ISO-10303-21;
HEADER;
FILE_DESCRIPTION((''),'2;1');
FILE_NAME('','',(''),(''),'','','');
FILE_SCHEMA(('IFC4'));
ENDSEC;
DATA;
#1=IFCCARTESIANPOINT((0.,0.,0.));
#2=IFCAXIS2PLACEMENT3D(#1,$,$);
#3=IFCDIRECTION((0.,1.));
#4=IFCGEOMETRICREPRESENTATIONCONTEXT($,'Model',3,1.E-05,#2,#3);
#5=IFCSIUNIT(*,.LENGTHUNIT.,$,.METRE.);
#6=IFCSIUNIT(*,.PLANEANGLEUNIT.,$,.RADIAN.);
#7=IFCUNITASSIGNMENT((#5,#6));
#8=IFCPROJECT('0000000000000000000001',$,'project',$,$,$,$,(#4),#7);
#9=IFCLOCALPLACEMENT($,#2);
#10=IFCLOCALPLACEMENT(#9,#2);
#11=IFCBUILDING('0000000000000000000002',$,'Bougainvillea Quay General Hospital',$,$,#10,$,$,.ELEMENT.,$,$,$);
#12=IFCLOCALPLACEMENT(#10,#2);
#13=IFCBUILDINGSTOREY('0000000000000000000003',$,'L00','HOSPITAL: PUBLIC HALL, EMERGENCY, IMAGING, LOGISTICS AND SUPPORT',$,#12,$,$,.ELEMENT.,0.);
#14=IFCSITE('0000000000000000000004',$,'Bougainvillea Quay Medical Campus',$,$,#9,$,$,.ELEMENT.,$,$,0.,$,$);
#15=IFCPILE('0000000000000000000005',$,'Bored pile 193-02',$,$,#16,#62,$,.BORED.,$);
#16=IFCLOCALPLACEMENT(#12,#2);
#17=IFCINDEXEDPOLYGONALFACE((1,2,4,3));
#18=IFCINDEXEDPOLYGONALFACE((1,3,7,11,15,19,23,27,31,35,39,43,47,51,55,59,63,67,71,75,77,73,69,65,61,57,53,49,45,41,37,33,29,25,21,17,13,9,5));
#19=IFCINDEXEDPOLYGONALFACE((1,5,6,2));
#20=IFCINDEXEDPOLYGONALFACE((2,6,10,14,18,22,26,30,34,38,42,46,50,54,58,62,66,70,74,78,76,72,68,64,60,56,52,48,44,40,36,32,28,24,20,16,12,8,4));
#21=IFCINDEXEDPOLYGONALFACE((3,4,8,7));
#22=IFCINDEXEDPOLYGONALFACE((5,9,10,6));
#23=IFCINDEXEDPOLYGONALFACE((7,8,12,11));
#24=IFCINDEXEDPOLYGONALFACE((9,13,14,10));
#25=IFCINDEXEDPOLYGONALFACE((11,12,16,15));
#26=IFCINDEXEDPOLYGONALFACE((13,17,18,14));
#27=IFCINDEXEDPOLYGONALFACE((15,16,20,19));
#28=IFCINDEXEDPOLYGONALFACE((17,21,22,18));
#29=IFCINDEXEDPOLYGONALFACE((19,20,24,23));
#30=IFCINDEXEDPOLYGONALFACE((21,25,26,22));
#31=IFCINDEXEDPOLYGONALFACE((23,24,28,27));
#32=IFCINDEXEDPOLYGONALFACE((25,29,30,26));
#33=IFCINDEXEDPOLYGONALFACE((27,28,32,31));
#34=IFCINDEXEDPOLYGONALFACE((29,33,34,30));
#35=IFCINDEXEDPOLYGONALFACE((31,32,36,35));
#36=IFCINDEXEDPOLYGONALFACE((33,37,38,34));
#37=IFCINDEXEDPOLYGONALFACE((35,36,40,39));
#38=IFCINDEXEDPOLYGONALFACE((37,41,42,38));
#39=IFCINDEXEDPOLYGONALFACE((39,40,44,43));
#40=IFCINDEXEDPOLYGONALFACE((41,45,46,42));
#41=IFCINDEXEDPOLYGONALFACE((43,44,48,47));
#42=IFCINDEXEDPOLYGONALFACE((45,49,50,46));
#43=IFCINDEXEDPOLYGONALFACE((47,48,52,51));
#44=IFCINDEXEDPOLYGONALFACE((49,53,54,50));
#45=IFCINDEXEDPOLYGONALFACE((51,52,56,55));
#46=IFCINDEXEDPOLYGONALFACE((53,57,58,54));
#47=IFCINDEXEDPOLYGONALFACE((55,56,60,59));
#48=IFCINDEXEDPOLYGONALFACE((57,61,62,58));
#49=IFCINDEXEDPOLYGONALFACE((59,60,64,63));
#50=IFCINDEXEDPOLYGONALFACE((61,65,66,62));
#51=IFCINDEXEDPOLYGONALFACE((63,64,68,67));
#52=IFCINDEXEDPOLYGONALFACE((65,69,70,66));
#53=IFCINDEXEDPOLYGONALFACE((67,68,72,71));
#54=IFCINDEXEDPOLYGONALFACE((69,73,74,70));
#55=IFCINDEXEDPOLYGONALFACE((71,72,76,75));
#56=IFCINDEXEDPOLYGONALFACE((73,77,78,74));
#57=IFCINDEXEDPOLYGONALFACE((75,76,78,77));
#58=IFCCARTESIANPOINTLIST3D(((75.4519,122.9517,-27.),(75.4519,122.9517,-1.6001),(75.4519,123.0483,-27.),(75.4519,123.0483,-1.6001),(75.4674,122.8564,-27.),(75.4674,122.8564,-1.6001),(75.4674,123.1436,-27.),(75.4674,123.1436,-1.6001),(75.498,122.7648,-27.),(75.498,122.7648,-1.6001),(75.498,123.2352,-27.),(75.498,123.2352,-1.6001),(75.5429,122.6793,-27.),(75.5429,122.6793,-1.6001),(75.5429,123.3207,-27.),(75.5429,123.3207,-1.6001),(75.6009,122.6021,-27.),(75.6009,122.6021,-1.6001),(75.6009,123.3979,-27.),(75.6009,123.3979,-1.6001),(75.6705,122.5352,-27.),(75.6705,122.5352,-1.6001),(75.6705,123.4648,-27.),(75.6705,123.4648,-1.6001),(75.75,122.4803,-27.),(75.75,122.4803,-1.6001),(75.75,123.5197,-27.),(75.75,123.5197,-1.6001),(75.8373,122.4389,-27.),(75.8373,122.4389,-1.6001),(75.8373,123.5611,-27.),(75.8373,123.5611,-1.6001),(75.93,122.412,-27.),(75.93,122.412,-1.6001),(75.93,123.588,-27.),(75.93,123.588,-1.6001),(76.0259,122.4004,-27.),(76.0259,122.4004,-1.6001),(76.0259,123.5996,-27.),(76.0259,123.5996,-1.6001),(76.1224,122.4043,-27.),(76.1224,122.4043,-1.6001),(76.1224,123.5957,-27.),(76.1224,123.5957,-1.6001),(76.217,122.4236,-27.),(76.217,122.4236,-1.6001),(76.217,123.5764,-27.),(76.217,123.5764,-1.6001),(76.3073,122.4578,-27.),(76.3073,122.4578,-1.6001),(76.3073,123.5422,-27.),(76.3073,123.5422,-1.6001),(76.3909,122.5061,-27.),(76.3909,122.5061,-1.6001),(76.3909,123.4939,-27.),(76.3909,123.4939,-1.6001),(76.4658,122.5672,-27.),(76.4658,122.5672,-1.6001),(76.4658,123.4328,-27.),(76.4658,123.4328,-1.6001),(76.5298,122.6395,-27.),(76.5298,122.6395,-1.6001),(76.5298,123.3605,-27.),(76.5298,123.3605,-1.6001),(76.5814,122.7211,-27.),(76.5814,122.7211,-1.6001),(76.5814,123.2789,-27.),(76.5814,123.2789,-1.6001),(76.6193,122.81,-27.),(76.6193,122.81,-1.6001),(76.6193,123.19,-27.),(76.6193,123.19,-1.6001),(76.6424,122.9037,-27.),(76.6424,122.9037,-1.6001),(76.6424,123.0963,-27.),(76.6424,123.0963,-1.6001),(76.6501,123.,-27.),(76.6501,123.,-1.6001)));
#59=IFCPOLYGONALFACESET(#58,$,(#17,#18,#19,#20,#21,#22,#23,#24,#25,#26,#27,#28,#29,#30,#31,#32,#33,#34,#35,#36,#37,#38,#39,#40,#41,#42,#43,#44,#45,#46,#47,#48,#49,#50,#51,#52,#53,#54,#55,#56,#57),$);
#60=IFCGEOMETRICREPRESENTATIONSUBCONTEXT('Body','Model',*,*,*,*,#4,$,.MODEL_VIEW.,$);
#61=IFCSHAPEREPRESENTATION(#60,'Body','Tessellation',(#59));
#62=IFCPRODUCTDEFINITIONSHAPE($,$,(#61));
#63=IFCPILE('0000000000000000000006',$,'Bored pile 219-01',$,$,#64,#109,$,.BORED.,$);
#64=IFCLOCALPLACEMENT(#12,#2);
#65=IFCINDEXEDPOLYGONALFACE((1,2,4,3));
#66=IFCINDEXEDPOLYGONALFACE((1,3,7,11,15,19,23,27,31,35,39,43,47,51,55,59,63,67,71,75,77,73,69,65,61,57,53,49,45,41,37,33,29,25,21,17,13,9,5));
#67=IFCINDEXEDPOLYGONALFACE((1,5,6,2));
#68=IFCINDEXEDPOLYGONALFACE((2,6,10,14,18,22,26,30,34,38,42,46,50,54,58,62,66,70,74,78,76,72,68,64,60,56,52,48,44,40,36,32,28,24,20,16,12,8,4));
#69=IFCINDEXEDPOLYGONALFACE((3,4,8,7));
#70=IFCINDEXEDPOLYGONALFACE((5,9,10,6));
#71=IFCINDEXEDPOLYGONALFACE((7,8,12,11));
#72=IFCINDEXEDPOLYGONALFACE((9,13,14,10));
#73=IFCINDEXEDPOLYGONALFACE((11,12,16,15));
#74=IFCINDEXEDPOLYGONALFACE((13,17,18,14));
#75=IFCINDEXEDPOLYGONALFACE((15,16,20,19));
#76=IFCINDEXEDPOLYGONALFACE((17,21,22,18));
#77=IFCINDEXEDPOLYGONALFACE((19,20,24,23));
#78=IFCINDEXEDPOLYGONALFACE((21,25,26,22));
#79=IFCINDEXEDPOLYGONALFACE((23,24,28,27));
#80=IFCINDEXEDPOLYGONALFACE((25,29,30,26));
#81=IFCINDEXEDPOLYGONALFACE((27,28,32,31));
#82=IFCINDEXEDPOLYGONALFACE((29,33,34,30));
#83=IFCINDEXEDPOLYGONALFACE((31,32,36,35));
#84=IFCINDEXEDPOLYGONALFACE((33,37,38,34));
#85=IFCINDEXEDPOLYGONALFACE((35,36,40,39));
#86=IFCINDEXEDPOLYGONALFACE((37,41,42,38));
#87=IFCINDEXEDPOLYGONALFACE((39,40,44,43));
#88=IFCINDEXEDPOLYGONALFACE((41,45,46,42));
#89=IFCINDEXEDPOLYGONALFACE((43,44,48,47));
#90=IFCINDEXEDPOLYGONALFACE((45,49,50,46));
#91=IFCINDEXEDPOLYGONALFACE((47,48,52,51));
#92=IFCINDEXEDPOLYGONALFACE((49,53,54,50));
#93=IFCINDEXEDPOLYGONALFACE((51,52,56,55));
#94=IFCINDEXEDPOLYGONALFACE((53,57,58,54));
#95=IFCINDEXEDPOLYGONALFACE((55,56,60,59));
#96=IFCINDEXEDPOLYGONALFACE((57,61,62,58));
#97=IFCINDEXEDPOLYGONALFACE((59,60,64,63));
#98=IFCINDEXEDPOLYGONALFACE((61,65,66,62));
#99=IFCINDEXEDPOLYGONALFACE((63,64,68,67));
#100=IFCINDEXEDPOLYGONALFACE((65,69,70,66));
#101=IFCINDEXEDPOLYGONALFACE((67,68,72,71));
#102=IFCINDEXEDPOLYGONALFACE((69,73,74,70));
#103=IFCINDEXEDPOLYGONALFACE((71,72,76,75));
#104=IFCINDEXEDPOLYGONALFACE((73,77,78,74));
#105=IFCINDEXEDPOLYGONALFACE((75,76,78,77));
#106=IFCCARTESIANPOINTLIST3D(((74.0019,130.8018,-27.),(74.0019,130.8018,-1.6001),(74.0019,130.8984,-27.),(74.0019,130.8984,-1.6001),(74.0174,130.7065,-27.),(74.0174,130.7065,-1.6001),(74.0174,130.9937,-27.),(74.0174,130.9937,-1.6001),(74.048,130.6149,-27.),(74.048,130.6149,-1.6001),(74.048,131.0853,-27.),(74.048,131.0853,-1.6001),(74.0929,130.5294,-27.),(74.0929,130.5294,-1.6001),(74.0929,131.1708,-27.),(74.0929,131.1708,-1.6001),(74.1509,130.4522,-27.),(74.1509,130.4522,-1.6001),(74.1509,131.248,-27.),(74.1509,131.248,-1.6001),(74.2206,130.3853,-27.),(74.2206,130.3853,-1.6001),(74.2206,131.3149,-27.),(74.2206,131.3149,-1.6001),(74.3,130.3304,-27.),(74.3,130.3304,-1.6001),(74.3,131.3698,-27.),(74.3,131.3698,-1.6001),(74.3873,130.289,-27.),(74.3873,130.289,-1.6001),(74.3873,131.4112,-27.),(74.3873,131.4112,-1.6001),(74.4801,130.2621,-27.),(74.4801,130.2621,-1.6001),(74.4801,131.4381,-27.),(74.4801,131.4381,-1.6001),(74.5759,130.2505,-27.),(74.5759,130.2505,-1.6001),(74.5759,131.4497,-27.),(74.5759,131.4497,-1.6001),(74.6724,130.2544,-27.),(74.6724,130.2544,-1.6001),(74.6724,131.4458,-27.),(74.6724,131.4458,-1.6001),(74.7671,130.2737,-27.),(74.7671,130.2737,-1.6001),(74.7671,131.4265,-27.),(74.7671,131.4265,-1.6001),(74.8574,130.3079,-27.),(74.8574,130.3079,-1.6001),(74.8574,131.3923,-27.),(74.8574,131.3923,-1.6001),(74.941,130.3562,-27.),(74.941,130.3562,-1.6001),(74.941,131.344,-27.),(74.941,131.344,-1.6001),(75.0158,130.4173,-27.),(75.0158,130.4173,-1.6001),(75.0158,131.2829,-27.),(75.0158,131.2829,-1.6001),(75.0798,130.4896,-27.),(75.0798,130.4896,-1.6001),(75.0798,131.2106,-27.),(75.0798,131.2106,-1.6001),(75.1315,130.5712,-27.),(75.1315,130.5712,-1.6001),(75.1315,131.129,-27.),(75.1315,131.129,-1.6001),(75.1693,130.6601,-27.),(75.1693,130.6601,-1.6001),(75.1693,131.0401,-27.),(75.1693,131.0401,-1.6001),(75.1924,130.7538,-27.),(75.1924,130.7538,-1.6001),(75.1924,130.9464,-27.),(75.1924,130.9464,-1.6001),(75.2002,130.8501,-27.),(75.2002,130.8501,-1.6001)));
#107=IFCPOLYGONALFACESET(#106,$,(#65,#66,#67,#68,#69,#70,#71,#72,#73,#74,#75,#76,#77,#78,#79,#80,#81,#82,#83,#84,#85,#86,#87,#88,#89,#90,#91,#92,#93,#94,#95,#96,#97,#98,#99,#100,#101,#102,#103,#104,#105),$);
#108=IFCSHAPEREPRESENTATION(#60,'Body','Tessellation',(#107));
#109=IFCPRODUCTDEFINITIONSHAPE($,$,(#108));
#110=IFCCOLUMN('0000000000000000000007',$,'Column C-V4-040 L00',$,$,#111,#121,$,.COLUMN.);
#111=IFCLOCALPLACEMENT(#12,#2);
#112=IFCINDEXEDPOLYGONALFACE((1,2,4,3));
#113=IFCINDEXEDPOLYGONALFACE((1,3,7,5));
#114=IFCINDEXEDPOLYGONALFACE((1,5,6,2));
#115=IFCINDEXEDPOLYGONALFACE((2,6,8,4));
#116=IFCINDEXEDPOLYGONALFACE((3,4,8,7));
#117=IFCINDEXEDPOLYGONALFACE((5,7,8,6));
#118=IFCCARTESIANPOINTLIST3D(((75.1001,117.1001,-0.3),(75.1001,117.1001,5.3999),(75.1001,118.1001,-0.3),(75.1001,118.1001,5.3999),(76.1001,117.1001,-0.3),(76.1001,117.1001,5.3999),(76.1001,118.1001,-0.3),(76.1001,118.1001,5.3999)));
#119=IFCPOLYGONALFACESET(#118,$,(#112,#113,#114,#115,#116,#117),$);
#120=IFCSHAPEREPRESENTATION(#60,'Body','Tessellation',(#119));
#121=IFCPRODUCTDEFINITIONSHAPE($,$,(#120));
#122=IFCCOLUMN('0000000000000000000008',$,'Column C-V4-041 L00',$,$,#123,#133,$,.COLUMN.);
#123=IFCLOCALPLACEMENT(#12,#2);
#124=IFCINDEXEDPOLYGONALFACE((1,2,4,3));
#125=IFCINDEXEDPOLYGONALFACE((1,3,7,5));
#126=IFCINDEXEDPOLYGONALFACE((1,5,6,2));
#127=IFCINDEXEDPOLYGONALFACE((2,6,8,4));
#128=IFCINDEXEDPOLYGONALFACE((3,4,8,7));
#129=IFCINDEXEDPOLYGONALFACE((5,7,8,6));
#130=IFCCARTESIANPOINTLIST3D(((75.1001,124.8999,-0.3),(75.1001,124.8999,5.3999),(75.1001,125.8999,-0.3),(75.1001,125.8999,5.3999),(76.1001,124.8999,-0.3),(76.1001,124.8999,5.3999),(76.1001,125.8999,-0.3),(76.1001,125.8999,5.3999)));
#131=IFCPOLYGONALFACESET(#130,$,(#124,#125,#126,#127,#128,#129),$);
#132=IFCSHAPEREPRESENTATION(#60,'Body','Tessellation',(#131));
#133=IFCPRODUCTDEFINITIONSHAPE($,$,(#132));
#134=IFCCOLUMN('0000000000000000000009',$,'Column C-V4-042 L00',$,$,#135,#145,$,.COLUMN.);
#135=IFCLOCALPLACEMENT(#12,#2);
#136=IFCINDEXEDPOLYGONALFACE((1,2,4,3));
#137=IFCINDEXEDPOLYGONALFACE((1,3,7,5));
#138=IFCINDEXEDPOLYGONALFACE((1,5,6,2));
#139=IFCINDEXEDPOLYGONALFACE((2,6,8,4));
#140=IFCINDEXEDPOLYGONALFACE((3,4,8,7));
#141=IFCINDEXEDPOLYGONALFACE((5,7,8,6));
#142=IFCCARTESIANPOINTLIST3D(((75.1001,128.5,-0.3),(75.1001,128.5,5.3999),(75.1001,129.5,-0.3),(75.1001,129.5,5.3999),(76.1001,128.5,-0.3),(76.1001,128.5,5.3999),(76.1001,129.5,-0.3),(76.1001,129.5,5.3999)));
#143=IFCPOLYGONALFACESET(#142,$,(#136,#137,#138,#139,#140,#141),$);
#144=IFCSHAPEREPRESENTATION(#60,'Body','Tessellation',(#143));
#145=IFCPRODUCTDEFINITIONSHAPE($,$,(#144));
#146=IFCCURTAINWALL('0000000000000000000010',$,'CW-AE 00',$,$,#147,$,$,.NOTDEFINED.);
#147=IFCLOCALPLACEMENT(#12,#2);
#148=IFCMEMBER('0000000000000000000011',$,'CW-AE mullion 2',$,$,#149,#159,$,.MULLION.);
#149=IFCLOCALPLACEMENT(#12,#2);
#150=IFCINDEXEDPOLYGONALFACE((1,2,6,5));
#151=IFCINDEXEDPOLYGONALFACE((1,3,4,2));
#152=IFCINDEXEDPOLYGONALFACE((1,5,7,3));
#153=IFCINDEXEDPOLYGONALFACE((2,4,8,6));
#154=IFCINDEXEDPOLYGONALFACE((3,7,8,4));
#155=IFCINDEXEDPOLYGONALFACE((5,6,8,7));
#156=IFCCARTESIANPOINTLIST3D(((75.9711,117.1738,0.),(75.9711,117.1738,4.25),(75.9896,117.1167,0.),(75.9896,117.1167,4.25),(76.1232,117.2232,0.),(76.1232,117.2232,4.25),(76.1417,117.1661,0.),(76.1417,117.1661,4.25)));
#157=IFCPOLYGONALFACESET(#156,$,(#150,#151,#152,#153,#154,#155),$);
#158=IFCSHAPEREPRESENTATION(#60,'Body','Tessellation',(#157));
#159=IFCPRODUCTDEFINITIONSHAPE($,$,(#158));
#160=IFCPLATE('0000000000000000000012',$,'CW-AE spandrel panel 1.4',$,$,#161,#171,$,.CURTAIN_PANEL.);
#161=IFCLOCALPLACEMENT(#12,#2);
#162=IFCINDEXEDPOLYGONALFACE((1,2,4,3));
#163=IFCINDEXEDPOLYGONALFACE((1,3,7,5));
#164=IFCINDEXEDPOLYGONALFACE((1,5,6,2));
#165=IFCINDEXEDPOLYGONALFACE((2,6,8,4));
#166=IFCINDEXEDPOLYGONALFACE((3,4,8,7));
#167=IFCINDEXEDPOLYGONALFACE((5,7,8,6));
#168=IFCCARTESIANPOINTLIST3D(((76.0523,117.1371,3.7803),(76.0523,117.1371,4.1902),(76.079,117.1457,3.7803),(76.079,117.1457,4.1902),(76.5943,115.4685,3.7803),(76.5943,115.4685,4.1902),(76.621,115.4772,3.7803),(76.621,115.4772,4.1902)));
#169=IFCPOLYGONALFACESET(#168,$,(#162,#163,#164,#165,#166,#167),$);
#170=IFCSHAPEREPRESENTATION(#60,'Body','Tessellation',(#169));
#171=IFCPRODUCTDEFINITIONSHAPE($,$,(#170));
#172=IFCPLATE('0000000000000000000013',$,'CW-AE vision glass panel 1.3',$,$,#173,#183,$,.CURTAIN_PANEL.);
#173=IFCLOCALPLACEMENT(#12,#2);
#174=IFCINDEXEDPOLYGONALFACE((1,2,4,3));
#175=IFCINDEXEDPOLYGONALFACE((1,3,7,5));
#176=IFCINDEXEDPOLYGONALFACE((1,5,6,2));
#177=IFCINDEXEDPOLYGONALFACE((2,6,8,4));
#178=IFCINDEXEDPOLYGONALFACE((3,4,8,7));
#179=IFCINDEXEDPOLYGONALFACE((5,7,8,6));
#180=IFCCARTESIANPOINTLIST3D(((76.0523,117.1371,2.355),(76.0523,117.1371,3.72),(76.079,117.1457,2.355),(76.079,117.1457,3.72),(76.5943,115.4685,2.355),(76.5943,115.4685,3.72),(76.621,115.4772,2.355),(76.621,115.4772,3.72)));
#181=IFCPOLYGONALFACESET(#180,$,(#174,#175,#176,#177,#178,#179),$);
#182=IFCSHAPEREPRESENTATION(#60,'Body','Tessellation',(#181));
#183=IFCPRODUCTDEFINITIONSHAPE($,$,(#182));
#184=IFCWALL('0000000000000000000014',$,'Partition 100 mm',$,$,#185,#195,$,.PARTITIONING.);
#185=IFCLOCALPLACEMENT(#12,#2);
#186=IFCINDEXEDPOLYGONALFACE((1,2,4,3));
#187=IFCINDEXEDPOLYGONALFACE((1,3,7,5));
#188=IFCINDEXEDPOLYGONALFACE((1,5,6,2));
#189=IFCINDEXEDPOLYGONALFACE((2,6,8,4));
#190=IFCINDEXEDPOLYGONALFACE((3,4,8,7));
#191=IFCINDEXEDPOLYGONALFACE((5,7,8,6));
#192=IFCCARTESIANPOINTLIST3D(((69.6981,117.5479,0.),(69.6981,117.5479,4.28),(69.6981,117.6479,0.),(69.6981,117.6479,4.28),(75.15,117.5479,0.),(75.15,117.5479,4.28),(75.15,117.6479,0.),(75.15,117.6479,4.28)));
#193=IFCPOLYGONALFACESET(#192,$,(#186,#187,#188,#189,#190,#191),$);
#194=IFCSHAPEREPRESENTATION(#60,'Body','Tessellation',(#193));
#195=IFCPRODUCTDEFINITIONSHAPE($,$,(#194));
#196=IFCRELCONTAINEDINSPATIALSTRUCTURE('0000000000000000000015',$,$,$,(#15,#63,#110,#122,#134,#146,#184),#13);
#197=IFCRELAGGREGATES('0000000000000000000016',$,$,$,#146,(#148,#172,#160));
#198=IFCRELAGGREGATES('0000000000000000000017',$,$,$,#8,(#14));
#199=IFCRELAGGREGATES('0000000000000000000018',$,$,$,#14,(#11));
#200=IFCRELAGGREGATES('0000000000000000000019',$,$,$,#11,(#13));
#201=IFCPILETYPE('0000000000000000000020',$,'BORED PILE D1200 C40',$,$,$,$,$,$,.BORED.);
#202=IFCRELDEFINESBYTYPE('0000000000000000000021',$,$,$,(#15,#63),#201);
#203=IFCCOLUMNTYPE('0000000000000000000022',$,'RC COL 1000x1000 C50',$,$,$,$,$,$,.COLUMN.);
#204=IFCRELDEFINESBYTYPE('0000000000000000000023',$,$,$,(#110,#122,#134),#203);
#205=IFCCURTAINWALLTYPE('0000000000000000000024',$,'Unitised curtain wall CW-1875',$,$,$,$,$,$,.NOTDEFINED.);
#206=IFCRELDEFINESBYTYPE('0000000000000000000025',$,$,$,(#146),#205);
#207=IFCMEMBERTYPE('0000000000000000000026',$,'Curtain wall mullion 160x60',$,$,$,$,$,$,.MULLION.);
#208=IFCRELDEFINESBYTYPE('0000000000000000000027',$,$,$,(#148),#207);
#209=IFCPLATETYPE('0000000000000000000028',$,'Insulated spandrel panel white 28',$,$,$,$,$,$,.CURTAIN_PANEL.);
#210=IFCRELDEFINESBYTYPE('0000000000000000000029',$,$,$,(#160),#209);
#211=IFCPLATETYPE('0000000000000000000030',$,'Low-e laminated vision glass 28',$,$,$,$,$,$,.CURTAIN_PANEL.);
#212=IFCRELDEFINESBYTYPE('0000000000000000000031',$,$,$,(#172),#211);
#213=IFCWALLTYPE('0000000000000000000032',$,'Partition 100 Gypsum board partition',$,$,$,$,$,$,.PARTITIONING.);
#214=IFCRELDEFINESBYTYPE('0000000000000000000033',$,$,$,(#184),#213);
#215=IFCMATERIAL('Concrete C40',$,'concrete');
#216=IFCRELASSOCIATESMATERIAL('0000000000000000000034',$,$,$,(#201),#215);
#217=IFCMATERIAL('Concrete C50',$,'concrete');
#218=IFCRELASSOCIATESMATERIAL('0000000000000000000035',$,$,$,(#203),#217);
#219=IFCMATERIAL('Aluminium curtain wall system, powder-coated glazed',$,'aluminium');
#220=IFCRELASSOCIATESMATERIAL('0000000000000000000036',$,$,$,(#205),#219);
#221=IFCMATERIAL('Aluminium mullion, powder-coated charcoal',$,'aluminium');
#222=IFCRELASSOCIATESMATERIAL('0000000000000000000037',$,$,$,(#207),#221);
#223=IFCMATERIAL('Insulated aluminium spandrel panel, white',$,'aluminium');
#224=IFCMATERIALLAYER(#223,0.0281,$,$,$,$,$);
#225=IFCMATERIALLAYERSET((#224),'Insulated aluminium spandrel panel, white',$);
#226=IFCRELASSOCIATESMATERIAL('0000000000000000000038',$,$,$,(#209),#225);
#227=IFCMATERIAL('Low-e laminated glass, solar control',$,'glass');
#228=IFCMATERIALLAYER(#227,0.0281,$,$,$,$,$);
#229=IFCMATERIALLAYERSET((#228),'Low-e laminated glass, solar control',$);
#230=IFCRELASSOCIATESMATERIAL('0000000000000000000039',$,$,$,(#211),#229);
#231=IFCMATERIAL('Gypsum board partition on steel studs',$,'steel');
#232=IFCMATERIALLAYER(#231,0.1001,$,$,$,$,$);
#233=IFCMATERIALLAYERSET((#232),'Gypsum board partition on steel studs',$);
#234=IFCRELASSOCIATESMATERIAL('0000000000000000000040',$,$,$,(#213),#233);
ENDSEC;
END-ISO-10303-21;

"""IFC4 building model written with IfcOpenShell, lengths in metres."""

from ifc_helpers import new_model, si_unit, direction, frame, frame_2d, origin, origin_2d, place, context, subcontext, project, spatial, rectangle, circle, extrude, material, layer, layer_set, material_profile, profile_set, type_object, element, aggregate, save


model = new_model("IFC4")

# Units and contexts
model_context = context("Model", 3, precision=1e-05, world=origin(), true_north=direction((0.0, 1.0)))
body_context = subcontext(model_context, "Body", "Model", "MODEL_VIEW")
ifc_project = project(units=[si_unit("LENGTHUNIT", "METRE"), si_unit("PLANEANGLEUNIT", "RADIAN")], contexts=[model_context])

# Site, building, storey
site_placement = place(None, origin())
site = spatial("IfcSite", under=ifc_project, at=site_placement, Name="Bougainvillea Quay Medical Campus", CompositionType="ELEMENT", RefElevation=0.0)
building_placement = place(site_placement, origin())
building = spatial("IfcBuilding", under=site, at=building_placement, Name="Bougainvillea Quay General Hospital", CompositionType="ELEMENT")
storey_placement = place(building_placement, origin())
storey = spatial("IfcBuildingStorey", under=building, at=storey_placement, Name="L00", Description="HOSPITAL: PUBLIC HALL, EMERGENCY, IMAGING, LOGISTICS AND SUPPORT", CompositionType="ELEMENT", Elevation=0.0)

# Piles
ifc_material_1 = material(Name="Concrete C40", Category="concrete")
ifc_material_profile_1 = material_profile(ifc_material_1, circle(Radius=0.6001, at=origin_2d()))
ifc_profile_set_1 = profile_set([ifc_material_profile_1], Name="Concrete C40")
pile_type = type_object("IfcPileType", Name="BORED PILE D1200 C40", PredefinedType="BORED", material=ifc_profile_set_1)
for number, where, z_axis, x_axis, name in (
    (1, (76.05, 123.0, -1.6001), (0.0, 0.0, -1.0), (1.0, 0.0, 0.0), "Bored pile 193-02"),
    (2, (74.6001, 130.8501, -1.6001), (0.0, 0.0, -1.0), (1.0, 0.0, 0.0), "Bored pile 219-01"),
):
    element("IfcPile", number, at=place(storey_placement, frame(where, z_axis=z_axis, x_axis=x_axis)), inside=storey, type_object=pile_type, Name=name, PredefinedType="BORED", context=body_context, shape_type="SweptSolid", body=[
        extrude(circle(Radius=0.6001, at=origin_2d()), origin(), (0.0, 0.0, 1.0), 25.3999),
    ])

# Columns
ifc_material_2 = material(Name="Concrete C50", Category="concrete")
ifc_material_profile_2 = material_profile(ifc_material_2, rectangle(XDim=1.0, YDim=1.0, at=origin_2d()))
ifc_profile_set_2 = profile_set([ifc_material_profile_2], Name="Concrete C50")
column_type = type_object("IfcColumnType", Name="RC COL 1000x1000 C50", PredefinedType="COLUMN", material=ifc_profile_set_2)
for number, where, z_axis, x_axis, name in (
    (3, (75.6001, 117.6001, -0.3), (0.0, 0.0, 1.0), (1.0, 0.0, 0.0), "Column C-V4-040 L00"),
    (4, (75.6001, 125.3999, -0.3), (0.0, 0.0, 1.0), (1.0, 0.0, 0.0), "Column C-V4-041 L00"),
    (5, (75.6001, 129.0, -0.3), (0.0, 0.0, 1.0), (1.0, 0.0, 0.0), "Column C-V4-042 L00"),
):
    element("IfcColumn", number, at=place(storey_placement, frame(where, z_axis=z_axis, x_axis=x_axis)), inside=storey, type_object=column_type, Name=name, PredefinedType="COLUMN", context=body_context, shape_type="SweptSolid", body=[
        extrude(rectangle(XDim=1.0, YDim=1.0, at=origin_2d()), origin(), (0.0, 0.0, 1.0), 5.7),
    ])

# Curtain wall, member, plates
ifc_material_3 = material(Name="Aluminium curtain wall system, powder-coated glazed", Category="aluminium")
curtain_wall_type = type_object("IfcCurtainWallType", Name="Unitised curtain wall CW-1875", PredefinedType="NOTDEFINED", material=ifc_material_3)
curtain_wall_placement = place(storey_placement, origin())
curtain_wall = element("IfcCurtainWall", 6, at=curtain_wall_placement, inside=storey, type_object=curtain_wall_type, Name="CW-AE 00", PredefinedType="NOTDEFINED")
ifc_material_4 = material(Name="Aluminium mullion, powder-coated charcoal", Category="aluminium")
ifc_material_profile_3 = material_profile(ifc_material_4, rectangle(XDim=0.1599, YDim=0.0601, at=origin_2d()))
ifc_profile_set_3 = profile_set([ifc_material_profile_3], Name="Aluminium mullion, powder-coated charcoal")
member_type = type_object("IfcMemberType", Name="Curtain wall mullion 160x60", PredefinedType="MULLION", material=ifc_profile_set_3)
member_placement = place(storey_placement, frame((76.0564, 117.1699, 0.0), z_axis=(0.0, 0.0, 1.0), x_axis=(-0.951072, -0.308971, 0.0)))
member = element("IfcMember", 7, at=member_placement, type_object=member_type, Name="CW-AE mullion 2", PredefinedType="MULLION", context=body_context, shape_type="SweptSolid", body=[
    extrude(rectangle(XDim=0.1599, YDim=0.0601, at=origin_2d()), origin(), (0.0, 0.0, 1.0), 4.25),
])
ifc_material_5 = material(Name="Insulated aluminium spandrel panel, white", Category="aluminium")
ifc_layer_1 = layer(ifc_material_5, 0.0281)
ifc_layer_set_1 = layer_set([ifc_layer_1], Name="Insulated aluminium spandrel panel, white")
plate_type_1 = type_object("IfcPlateType", Name="Insulated spandrel panel white 28", PredefinedType="CURTAIN_PANEL", material=ifc_layer_set_1)
plate_1_placement = place(storey_placement, frame((76.3367, 116.3071, 3.7803), z_axis=(0.0, 0.0, 1.0), x_axis=(-0.308971, 0.951072, 0.0)))
plate_1 = element("IfcPlate", 8, at=plate_1_placement, type_object=plate_type_1, Name="CW-AE spandrel panel 1.4", PredefinedType="CURTAIN_PANEL", context=body_context, shape_type="SweptSolid", body=[
    extrude(rectangle(XDim=1.7544, YDim=0.0281, at=origin_2d()), origin(), (0.0, 0.0, 1.0), 0.4099),
])
ifc_material_6 = material(Name="Low-e laminated glass, solar control", Category="glass")
ifc_layer_2 = layer(ifc_material_6, 0.0281)
ifc_layer_set_2 = layer_set([ifc_layer_2], Name="Low-e laminated glass, solar control")
plate_type_2 = type_object("IfcPlateType", Name="Low-e laminated vision glass 28", PredefinedType="CURTAIN_PANEL", material=ifc_layer_set_2)
plate_2_placement = place(storey_placement, frame((76.3367, 116.3071, 2.355), z_axis=(0.0, 0.0, 1.0), x_axis=(-0.308971, 0.951072, 0.0)))
plate_2 = element("IfcPlate", 9, at=plate_2_placement, type_object=plate_type_2, Name="CW-AE vision glass panel 1.3", PredefinedType="CURTAIN_PANEL", context=body_context, shape_type="SweptSolid", body=[
    extrude(rectangle(XDim=1.7544, YDim=0.0281, at=origin_2d()), origin(), (0.0, 0.0, 1.0), 1.365),
])
aggregate(curtain_wall, [member, plate_2, plate_1])

# Wall
ifc_material_7 = material(Name="Gypsum board partition on steel studs", Category="steel")
ifc_layer_3 = layer(ifc_material_7, 0.1001)
ifc_layer_set_3 = layer_set([ifc_layer_3], Name="Gypsum board partition on steel studs")
wall_type_1 = type_object("IfcWallType", Name="Partition 100 Gypsum board partition", PredefinedType="PARTITIONING", material=ifc_layer_set_3)
wall_1_placement = place(storey_placement, frame((69.698, 117.5979, 0.0), z_axis=(0.0, 0.0, 1.0), x_axis=(1.0, 0.0, 0.0)))
element("IfcWall", 10, at=wall_1_placement, inside=storey, type_object=wall_type_1, Name="Partition 100 mm", PredefinedType="PARTITIONING", context=body_context, shape_type="SweptSolid", body=[
    extrude(rectangle(XDim=5.4519, YDim=0.1001, at=frame_2d((2.7261, 0.0))), origin(), (0.0, 0.0, 1.0), 4.28),
])

save(model, "model.ifc")
